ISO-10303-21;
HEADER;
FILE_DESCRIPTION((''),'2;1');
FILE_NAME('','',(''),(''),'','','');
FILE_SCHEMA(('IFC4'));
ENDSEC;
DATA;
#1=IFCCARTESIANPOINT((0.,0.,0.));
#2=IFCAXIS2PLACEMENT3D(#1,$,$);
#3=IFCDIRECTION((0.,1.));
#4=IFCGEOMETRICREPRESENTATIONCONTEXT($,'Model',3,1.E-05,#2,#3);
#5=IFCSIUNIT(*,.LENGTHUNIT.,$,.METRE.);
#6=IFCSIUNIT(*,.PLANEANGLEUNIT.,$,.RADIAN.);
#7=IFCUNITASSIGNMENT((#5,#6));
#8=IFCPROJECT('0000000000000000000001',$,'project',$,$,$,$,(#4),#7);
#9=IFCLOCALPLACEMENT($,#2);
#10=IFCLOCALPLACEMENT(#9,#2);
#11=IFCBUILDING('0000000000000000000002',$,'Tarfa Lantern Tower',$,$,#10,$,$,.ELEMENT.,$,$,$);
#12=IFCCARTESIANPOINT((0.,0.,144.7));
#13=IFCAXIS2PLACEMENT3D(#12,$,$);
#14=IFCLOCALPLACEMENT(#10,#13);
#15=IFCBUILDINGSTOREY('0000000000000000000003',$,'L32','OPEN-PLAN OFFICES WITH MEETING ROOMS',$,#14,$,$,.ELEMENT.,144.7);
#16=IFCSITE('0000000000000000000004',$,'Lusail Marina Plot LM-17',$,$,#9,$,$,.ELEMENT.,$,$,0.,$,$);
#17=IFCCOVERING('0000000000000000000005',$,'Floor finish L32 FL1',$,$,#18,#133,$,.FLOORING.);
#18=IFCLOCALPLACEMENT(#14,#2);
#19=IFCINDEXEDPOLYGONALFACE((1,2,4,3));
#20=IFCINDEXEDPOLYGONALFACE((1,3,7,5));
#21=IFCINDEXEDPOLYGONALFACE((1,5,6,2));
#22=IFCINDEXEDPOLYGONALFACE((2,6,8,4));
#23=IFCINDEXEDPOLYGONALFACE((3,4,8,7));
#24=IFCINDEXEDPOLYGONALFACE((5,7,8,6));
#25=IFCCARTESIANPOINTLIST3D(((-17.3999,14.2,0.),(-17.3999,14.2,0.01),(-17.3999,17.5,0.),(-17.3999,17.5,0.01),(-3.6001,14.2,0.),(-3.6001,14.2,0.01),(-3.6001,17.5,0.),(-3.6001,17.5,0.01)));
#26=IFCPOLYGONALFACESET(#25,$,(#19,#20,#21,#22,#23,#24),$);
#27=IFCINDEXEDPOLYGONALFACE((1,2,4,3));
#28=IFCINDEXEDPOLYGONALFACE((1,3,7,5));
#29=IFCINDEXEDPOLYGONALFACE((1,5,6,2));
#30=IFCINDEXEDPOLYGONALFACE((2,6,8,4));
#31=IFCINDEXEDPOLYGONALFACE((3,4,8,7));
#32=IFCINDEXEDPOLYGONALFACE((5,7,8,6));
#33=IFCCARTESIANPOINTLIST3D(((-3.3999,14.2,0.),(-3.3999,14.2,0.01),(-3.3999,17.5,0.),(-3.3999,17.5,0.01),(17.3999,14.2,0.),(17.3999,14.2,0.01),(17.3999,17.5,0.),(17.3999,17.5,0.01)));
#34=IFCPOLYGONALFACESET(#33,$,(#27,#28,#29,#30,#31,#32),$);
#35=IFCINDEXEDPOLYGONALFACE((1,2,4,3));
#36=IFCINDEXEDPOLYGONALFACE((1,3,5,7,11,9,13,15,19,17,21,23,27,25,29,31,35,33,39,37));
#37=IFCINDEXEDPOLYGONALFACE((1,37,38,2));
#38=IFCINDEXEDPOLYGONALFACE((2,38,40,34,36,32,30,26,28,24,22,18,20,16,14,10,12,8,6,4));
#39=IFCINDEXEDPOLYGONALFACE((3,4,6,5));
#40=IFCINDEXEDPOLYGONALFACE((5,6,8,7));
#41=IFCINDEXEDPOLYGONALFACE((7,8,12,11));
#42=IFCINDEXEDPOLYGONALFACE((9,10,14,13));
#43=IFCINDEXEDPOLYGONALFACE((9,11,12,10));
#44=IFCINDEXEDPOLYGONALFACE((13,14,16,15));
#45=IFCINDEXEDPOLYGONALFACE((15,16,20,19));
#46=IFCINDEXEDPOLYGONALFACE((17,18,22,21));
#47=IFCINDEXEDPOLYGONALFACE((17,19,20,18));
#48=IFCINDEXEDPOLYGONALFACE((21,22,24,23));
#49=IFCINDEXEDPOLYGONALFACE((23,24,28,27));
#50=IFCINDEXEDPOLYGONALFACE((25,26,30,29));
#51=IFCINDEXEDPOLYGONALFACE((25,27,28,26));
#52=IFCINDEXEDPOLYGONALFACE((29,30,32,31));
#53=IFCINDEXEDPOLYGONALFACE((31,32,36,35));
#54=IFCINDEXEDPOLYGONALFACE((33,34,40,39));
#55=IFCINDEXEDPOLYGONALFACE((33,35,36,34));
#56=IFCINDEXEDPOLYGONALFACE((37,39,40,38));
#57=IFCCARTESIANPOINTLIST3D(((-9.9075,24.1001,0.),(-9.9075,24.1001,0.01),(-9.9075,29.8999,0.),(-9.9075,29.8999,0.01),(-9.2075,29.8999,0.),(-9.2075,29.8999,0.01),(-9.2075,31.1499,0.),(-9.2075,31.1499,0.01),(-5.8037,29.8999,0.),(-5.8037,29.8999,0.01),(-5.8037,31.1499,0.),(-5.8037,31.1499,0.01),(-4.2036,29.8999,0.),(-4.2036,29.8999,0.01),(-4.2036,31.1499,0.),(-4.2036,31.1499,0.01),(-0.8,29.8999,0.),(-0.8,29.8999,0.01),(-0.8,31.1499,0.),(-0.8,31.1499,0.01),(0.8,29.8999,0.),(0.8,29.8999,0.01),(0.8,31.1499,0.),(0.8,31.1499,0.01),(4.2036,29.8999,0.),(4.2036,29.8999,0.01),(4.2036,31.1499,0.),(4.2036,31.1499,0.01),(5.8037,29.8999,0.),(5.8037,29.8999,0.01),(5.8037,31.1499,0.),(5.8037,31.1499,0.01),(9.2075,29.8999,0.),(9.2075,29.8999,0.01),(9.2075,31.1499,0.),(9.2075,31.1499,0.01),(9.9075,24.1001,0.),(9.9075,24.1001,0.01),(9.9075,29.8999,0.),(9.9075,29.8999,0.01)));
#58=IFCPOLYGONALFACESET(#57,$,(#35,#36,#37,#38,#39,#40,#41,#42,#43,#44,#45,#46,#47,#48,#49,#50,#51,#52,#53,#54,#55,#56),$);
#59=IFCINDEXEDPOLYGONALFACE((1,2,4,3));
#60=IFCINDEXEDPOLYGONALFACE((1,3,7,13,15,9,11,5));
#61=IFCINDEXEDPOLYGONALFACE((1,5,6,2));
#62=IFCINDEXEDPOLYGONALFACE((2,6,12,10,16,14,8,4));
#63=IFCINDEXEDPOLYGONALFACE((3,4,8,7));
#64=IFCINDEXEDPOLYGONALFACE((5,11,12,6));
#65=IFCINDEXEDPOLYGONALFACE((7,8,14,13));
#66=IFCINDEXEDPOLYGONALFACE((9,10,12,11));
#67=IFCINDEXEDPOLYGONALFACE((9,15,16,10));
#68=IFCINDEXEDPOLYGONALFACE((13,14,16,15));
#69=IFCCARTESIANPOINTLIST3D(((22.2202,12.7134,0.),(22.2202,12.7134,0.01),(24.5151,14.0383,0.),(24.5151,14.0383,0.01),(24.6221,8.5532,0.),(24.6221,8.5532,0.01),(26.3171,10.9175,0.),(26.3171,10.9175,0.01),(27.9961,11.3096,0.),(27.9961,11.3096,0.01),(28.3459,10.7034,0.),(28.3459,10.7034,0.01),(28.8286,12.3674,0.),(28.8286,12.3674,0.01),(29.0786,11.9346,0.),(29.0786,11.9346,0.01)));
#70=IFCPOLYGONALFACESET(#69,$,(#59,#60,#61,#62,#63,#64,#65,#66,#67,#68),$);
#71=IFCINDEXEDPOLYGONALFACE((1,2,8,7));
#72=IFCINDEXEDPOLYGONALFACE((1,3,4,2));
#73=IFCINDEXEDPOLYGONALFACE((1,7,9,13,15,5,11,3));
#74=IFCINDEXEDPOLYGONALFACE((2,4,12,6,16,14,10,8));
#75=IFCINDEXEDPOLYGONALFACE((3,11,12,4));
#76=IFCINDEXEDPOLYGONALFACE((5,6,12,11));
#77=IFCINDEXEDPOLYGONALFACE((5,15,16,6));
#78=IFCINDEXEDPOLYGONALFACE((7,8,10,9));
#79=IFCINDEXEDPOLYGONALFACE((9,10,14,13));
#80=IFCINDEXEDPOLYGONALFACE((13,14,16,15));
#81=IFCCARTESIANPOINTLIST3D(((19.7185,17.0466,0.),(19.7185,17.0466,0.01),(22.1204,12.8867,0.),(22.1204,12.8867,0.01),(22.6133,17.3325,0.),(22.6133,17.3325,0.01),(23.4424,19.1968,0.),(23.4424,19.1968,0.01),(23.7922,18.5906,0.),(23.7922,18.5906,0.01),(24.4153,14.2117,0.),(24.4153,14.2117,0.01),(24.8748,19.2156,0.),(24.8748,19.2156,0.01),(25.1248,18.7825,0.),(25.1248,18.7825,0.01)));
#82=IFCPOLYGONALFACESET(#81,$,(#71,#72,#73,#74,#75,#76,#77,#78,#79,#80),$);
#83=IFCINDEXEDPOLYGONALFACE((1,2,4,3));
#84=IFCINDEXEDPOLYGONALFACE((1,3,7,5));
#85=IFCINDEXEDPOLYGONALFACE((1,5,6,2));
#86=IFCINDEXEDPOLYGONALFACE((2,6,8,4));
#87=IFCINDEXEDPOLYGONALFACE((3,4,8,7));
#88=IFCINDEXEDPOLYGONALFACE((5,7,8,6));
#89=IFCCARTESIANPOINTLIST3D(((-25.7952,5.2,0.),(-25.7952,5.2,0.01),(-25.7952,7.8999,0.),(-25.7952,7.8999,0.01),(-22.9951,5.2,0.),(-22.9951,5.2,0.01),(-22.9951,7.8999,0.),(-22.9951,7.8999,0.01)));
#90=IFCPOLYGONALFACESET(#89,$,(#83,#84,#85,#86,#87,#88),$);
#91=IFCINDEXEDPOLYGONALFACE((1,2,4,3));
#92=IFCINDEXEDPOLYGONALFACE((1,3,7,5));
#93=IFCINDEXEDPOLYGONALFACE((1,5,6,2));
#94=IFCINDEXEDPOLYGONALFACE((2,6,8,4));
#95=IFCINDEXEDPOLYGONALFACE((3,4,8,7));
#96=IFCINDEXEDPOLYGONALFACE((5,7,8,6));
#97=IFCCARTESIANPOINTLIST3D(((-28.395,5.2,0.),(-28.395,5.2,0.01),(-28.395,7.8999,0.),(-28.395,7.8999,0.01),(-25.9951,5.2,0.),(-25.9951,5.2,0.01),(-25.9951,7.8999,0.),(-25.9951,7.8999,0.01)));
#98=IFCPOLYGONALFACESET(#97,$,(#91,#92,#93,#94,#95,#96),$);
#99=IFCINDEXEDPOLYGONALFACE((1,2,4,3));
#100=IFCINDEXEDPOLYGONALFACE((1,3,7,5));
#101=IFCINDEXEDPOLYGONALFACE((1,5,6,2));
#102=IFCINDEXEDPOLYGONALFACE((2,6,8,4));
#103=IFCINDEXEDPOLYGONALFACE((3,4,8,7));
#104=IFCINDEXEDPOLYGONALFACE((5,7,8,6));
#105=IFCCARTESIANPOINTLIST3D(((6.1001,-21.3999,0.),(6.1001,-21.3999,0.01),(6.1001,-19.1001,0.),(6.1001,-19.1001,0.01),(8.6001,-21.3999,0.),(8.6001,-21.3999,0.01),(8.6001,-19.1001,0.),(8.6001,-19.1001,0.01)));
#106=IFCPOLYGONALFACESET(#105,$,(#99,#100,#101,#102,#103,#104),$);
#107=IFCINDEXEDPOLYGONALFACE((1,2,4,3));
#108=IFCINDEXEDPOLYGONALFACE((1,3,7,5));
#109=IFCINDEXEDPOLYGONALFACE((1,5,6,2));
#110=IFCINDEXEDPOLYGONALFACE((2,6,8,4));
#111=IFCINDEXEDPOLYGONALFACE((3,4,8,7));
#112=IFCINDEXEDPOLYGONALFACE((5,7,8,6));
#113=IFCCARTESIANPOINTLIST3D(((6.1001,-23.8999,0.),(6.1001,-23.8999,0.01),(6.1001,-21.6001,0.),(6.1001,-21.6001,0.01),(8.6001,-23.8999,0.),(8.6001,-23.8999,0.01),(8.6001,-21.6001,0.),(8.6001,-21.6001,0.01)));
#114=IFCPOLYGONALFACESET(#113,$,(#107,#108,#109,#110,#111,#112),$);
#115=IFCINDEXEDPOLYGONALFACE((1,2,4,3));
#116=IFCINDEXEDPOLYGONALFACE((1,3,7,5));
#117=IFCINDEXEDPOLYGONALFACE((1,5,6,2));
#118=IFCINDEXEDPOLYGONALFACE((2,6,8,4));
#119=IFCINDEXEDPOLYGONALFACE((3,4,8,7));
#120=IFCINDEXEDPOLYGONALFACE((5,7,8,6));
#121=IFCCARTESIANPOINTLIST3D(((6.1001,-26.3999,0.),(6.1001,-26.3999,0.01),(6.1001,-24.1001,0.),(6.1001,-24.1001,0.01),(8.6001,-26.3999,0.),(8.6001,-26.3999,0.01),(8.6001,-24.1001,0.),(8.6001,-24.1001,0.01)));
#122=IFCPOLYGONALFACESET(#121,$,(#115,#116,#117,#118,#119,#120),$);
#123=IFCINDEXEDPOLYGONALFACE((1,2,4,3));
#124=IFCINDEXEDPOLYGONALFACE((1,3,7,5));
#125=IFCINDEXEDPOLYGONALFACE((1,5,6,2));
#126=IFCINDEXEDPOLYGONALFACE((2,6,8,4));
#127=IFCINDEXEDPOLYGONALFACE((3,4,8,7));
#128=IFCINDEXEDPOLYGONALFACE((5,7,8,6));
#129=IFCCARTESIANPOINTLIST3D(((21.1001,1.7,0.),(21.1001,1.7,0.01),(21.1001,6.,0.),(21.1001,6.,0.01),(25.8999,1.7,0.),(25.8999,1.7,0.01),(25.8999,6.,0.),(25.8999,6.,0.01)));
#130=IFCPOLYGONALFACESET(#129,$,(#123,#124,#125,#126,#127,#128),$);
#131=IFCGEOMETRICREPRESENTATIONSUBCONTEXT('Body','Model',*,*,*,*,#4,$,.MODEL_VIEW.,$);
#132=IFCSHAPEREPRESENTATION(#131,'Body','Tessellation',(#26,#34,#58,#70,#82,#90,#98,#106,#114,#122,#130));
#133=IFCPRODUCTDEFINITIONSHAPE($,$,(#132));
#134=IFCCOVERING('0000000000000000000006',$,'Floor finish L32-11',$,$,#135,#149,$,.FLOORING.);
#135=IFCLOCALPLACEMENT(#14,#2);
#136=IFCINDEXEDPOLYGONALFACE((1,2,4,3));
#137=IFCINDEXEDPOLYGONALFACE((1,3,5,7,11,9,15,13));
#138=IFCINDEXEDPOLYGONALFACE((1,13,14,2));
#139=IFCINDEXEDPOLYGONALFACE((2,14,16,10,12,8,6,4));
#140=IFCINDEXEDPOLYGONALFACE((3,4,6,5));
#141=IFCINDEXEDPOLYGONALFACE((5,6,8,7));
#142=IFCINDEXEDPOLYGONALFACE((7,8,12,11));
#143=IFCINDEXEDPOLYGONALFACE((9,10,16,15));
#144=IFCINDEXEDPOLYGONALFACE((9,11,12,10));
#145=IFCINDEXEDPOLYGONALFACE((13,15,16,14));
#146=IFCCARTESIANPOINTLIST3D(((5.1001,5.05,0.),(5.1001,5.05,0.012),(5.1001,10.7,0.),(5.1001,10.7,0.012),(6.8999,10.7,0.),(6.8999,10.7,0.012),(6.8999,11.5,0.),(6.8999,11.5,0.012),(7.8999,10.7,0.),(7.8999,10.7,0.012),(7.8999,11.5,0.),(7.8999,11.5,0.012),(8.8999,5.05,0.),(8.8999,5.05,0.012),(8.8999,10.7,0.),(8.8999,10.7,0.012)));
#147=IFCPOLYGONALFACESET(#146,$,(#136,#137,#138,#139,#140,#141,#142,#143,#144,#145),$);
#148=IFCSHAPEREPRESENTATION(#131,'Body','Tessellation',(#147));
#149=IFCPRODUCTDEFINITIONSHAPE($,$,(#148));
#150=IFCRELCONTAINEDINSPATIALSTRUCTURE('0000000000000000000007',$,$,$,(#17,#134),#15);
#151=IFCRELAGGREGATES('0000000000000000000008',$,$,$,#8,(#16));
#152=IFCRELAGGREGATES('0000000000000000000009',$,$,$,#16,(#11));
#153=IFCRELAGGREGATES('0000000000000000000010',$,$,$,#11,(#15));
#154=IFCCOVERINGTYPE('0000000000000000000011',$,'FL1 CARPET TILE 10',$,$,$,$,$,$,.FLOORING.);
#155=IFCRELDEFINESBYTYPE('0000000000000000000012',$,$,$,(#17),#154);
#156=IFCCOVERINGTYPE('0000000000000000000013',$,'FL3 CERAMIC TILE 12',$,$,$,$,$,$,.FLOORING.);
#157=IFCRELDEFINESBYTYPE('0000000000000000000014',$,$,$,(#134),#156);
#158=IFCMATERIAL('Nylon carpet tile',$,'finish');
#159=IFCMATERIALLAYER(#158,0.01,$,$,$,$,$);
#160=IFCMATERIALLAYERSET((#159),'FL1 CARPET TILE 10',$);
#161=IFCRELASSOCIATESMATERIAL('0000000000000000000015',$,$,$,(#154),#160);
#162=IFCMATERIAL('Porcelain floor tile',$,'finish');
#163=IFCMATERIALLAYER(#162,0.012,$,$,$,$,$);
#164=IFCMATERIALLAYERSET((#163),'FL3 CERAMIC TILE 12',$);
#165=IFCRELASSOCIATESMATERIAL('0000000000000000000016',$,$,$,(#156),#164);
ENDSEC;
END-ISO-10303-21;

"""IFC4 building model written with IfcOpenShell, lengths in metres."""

from ifc_helpers import new_model, si_unit, direction, frame, origin, place, context, subcontext, project, spatial, polyline, outline, extrude, material, layer, layer_set, type_object, element, save


model = new_model("IFC4")

# Units and contexts
model_context = context("Model", 3, precision=1e-05, world=origin(), true_north=direction((0.0, 1.0)))
body_context = subcontext(model_context, "Body", "Model", "MODEL_VIEW")
ifc_project = project(units=[si_unit("LENGTHUNIT", "METRE"), si_unit("PLANEANGLEUNIT", "RADIAN")], contexts=[model_context])

# Site, building, storey
site_placement = place(None, origin())
site = spatial("IfcSite", under=ifc_project, at=site_placement, Name="Lusail Marina Plot LM-17", CompositionType="ELEMENT", RefElevation=0.0)
building_placement = place(site_placement, origin())
building = spatial("IfcBuilding", under=site, at=building_placement, Name="Tarfa Lantern Tower", CompositionType="ELEMENT")
storey_placement = place(building_placement, frame((0.0, 0.0, 144.7)))
storey = spatial("IfcBuildingStorey", under=building, at=storey_placement, Name="L32", Description="OPEN-PLAN OFFICES WITH MEETING ROOMS", CompositionType="ELEMENT", Elevation=144.7)

# Coverings
ifc_material_1 = material(Name="Nylon carpet tile", Category="finish")
ifc_layer_1 = layer(ifc_material_1, 0.01)
ifc_layer_set_1 = layer_set([ifc_layer_1], Name="FL1 CARPET TILE 10")
covering_type_1 = type_object("IfcCoveringType", Name="FL1 CARPET TILE 10", PredefinedType="FLOORING", material=ifc_layer_set_1)
covering_1_placement = place(storey_placement, origin())
element("IfcCovering", 1, at=covering_1_placement, inside=storey, type_object=covering_type_1, Name="Floor finish L32 FL1", PredefinedType="FLOORING", context=body_context, shape_type="SweptSolid", body=[
    extrude(outline(polyline([(-17.3999, 17.5), (-3.6001, 17.5), (-3.6001, 14.2), (-17.3999, 14.2), (-17.3999, 17.5)])), origin(), (0.0, 0.0, 1.0), 0.01),
    extrude(outline(polyline([(-3.3999, 17.5), (17.3999, 17.5), (17.3999, 14.2), (-3.3999, 14.2), (-3.3999, 17.5)])), origin(), (0.0, 0.0, 1.0), 0.01),
    extrude(outline(polyline([(9.9075, 24.1001), (-9.9075, 24.1001), (-9.9075, 29.8999), (-9.2075, 29.8999), (-9.2075, 31.1499), (-5.8037, 31.1499), (-5.8037, 29.8999), (-4.2036, 29.8999), (-4.2036, 31.1499), (-0.8, 31.1499), (-0.8, 29.8999), (0.8, 29.8999), (0.8, 31.1499), (4.2036, 31.1499), (4.2036, 29.8999), (5.8037, 29.8999), (5.8037, 31.1499), (9.2075, 31.1499), (9.2075, 29.8999), (9.9075, 29.8999), (9.9075, 24.1001)])), origin(), (0.0, 0.0, 1.0), 0.01),
    extrude(outline(polyline([(24.6221, 8.5532), (22.2202, 12.7134), (24.5151, 14.0383), (26.3171, 10.9175), (28.8286, 12.3674), (29.0786, 11.9346), (27.9961, 11.3096), (28.3459, 10.7034), (24.6221, 8.5532)])), origin(), (0.0, 0.0, 1.0), 0.01),
    extrude(outline(polyline([(19.7185, 17.0466), (23.4424, 19.1968), (23.7922, 18.5906), (24.8748, 19.2156), (25.1248, 18.7825), (22.6133, 17.3325), (24.4153, 14.2117), (22.1204, 12.8867), (19.7185, 17.0466)])), origin(), (0.0, 0.0, 1.0), 0.01),
    extrude(outline(polyline([(-25.7952, 5.2), (-25.7952, 7.8999), (-22.9951, 7.8999), (-22.9951, 5.2), (-25.7952, 5.2)])), origin(), (0.0, 0.0, 1.0), 0.01),
    extrude(outline(polyline([(-28.395, 5.2), (-28.395, 7.8999), (-25.9951, 7.8999), (-25.9951, 5.2), (-28.395, 5.2)])), origin(), (0.0, 0.0, 1.0), 0.01),
    extrude(outline(polyline([(6.1001, -21.3999), (6.1001, -19.1001), (8.6001, -19.1001), (8.6001, -21.3999), (6.1001, -21.3999)])), origin(), (0.0, 0.0, 1.0), 0.01),
    extrude(outline(polyline([(6.1001, -23.8999), (6.1001, -21.6001), (8.6001, -21.6001), (8.6001, -23.8999), (6.1001, -23.8999)])), origin(), (0.0, 0.0, 1.0), 0.01),
    extrude(outline(polyline([(6.1001, -26.3999), (6.1001, -24.1001), (8.6001, -24.1001), (8.6001, -26.3999), (6.1001, -26.3999)])), origin(), (0.0, 0.0, 1.0), 0.01),
    extrude(outline(polyline([(21.1001, 6.0), (25.8999, 6.0), (25.8999, 1.7), (21.1001, 1.7), (21.1001, 6.0)])), origin(), (0.0, 0.0, 1.0), 0.01),
])
ifc_material_2 = material(Name="Porcelain floor tile", Category="finish")
ifc_layer_2 = layer(ifc_material_2, 0.012)
ifc_layer_set_2 = layer_set([ifc_layer_2], Name="FL3 CERAMIC TILE 12")
covering_type_2 = type_object("IfcCoveringType", Name="FL3 CERAMIC TILE 12", PredefinedType="FLOORING", material=ifc_layer_set_2)
covering_2_placement = place(storey_placement, origin())
element("IfcCovering", 2, at=covering_2_placement, inside=storey, type_object=covering_type_2, Name="Floor finish L32-11", PredefinedType="FLOORING", context=body_context, shape_type="SweptSolid", body=[
    extrude(outline(polyline([(5.1001, 5.05), (8.8999, 5.05), (8.8999, 10.7), (7.8999, 10.7), (7.8999, 11.5), (6.8999, 11.5), (6.8999, 10.7), (5.1001, 10.7), (5.1001, 5.05)])), origin(), (0.0, 0.0, 1.0), 0.012),
])

save(model, "model.ifc")
